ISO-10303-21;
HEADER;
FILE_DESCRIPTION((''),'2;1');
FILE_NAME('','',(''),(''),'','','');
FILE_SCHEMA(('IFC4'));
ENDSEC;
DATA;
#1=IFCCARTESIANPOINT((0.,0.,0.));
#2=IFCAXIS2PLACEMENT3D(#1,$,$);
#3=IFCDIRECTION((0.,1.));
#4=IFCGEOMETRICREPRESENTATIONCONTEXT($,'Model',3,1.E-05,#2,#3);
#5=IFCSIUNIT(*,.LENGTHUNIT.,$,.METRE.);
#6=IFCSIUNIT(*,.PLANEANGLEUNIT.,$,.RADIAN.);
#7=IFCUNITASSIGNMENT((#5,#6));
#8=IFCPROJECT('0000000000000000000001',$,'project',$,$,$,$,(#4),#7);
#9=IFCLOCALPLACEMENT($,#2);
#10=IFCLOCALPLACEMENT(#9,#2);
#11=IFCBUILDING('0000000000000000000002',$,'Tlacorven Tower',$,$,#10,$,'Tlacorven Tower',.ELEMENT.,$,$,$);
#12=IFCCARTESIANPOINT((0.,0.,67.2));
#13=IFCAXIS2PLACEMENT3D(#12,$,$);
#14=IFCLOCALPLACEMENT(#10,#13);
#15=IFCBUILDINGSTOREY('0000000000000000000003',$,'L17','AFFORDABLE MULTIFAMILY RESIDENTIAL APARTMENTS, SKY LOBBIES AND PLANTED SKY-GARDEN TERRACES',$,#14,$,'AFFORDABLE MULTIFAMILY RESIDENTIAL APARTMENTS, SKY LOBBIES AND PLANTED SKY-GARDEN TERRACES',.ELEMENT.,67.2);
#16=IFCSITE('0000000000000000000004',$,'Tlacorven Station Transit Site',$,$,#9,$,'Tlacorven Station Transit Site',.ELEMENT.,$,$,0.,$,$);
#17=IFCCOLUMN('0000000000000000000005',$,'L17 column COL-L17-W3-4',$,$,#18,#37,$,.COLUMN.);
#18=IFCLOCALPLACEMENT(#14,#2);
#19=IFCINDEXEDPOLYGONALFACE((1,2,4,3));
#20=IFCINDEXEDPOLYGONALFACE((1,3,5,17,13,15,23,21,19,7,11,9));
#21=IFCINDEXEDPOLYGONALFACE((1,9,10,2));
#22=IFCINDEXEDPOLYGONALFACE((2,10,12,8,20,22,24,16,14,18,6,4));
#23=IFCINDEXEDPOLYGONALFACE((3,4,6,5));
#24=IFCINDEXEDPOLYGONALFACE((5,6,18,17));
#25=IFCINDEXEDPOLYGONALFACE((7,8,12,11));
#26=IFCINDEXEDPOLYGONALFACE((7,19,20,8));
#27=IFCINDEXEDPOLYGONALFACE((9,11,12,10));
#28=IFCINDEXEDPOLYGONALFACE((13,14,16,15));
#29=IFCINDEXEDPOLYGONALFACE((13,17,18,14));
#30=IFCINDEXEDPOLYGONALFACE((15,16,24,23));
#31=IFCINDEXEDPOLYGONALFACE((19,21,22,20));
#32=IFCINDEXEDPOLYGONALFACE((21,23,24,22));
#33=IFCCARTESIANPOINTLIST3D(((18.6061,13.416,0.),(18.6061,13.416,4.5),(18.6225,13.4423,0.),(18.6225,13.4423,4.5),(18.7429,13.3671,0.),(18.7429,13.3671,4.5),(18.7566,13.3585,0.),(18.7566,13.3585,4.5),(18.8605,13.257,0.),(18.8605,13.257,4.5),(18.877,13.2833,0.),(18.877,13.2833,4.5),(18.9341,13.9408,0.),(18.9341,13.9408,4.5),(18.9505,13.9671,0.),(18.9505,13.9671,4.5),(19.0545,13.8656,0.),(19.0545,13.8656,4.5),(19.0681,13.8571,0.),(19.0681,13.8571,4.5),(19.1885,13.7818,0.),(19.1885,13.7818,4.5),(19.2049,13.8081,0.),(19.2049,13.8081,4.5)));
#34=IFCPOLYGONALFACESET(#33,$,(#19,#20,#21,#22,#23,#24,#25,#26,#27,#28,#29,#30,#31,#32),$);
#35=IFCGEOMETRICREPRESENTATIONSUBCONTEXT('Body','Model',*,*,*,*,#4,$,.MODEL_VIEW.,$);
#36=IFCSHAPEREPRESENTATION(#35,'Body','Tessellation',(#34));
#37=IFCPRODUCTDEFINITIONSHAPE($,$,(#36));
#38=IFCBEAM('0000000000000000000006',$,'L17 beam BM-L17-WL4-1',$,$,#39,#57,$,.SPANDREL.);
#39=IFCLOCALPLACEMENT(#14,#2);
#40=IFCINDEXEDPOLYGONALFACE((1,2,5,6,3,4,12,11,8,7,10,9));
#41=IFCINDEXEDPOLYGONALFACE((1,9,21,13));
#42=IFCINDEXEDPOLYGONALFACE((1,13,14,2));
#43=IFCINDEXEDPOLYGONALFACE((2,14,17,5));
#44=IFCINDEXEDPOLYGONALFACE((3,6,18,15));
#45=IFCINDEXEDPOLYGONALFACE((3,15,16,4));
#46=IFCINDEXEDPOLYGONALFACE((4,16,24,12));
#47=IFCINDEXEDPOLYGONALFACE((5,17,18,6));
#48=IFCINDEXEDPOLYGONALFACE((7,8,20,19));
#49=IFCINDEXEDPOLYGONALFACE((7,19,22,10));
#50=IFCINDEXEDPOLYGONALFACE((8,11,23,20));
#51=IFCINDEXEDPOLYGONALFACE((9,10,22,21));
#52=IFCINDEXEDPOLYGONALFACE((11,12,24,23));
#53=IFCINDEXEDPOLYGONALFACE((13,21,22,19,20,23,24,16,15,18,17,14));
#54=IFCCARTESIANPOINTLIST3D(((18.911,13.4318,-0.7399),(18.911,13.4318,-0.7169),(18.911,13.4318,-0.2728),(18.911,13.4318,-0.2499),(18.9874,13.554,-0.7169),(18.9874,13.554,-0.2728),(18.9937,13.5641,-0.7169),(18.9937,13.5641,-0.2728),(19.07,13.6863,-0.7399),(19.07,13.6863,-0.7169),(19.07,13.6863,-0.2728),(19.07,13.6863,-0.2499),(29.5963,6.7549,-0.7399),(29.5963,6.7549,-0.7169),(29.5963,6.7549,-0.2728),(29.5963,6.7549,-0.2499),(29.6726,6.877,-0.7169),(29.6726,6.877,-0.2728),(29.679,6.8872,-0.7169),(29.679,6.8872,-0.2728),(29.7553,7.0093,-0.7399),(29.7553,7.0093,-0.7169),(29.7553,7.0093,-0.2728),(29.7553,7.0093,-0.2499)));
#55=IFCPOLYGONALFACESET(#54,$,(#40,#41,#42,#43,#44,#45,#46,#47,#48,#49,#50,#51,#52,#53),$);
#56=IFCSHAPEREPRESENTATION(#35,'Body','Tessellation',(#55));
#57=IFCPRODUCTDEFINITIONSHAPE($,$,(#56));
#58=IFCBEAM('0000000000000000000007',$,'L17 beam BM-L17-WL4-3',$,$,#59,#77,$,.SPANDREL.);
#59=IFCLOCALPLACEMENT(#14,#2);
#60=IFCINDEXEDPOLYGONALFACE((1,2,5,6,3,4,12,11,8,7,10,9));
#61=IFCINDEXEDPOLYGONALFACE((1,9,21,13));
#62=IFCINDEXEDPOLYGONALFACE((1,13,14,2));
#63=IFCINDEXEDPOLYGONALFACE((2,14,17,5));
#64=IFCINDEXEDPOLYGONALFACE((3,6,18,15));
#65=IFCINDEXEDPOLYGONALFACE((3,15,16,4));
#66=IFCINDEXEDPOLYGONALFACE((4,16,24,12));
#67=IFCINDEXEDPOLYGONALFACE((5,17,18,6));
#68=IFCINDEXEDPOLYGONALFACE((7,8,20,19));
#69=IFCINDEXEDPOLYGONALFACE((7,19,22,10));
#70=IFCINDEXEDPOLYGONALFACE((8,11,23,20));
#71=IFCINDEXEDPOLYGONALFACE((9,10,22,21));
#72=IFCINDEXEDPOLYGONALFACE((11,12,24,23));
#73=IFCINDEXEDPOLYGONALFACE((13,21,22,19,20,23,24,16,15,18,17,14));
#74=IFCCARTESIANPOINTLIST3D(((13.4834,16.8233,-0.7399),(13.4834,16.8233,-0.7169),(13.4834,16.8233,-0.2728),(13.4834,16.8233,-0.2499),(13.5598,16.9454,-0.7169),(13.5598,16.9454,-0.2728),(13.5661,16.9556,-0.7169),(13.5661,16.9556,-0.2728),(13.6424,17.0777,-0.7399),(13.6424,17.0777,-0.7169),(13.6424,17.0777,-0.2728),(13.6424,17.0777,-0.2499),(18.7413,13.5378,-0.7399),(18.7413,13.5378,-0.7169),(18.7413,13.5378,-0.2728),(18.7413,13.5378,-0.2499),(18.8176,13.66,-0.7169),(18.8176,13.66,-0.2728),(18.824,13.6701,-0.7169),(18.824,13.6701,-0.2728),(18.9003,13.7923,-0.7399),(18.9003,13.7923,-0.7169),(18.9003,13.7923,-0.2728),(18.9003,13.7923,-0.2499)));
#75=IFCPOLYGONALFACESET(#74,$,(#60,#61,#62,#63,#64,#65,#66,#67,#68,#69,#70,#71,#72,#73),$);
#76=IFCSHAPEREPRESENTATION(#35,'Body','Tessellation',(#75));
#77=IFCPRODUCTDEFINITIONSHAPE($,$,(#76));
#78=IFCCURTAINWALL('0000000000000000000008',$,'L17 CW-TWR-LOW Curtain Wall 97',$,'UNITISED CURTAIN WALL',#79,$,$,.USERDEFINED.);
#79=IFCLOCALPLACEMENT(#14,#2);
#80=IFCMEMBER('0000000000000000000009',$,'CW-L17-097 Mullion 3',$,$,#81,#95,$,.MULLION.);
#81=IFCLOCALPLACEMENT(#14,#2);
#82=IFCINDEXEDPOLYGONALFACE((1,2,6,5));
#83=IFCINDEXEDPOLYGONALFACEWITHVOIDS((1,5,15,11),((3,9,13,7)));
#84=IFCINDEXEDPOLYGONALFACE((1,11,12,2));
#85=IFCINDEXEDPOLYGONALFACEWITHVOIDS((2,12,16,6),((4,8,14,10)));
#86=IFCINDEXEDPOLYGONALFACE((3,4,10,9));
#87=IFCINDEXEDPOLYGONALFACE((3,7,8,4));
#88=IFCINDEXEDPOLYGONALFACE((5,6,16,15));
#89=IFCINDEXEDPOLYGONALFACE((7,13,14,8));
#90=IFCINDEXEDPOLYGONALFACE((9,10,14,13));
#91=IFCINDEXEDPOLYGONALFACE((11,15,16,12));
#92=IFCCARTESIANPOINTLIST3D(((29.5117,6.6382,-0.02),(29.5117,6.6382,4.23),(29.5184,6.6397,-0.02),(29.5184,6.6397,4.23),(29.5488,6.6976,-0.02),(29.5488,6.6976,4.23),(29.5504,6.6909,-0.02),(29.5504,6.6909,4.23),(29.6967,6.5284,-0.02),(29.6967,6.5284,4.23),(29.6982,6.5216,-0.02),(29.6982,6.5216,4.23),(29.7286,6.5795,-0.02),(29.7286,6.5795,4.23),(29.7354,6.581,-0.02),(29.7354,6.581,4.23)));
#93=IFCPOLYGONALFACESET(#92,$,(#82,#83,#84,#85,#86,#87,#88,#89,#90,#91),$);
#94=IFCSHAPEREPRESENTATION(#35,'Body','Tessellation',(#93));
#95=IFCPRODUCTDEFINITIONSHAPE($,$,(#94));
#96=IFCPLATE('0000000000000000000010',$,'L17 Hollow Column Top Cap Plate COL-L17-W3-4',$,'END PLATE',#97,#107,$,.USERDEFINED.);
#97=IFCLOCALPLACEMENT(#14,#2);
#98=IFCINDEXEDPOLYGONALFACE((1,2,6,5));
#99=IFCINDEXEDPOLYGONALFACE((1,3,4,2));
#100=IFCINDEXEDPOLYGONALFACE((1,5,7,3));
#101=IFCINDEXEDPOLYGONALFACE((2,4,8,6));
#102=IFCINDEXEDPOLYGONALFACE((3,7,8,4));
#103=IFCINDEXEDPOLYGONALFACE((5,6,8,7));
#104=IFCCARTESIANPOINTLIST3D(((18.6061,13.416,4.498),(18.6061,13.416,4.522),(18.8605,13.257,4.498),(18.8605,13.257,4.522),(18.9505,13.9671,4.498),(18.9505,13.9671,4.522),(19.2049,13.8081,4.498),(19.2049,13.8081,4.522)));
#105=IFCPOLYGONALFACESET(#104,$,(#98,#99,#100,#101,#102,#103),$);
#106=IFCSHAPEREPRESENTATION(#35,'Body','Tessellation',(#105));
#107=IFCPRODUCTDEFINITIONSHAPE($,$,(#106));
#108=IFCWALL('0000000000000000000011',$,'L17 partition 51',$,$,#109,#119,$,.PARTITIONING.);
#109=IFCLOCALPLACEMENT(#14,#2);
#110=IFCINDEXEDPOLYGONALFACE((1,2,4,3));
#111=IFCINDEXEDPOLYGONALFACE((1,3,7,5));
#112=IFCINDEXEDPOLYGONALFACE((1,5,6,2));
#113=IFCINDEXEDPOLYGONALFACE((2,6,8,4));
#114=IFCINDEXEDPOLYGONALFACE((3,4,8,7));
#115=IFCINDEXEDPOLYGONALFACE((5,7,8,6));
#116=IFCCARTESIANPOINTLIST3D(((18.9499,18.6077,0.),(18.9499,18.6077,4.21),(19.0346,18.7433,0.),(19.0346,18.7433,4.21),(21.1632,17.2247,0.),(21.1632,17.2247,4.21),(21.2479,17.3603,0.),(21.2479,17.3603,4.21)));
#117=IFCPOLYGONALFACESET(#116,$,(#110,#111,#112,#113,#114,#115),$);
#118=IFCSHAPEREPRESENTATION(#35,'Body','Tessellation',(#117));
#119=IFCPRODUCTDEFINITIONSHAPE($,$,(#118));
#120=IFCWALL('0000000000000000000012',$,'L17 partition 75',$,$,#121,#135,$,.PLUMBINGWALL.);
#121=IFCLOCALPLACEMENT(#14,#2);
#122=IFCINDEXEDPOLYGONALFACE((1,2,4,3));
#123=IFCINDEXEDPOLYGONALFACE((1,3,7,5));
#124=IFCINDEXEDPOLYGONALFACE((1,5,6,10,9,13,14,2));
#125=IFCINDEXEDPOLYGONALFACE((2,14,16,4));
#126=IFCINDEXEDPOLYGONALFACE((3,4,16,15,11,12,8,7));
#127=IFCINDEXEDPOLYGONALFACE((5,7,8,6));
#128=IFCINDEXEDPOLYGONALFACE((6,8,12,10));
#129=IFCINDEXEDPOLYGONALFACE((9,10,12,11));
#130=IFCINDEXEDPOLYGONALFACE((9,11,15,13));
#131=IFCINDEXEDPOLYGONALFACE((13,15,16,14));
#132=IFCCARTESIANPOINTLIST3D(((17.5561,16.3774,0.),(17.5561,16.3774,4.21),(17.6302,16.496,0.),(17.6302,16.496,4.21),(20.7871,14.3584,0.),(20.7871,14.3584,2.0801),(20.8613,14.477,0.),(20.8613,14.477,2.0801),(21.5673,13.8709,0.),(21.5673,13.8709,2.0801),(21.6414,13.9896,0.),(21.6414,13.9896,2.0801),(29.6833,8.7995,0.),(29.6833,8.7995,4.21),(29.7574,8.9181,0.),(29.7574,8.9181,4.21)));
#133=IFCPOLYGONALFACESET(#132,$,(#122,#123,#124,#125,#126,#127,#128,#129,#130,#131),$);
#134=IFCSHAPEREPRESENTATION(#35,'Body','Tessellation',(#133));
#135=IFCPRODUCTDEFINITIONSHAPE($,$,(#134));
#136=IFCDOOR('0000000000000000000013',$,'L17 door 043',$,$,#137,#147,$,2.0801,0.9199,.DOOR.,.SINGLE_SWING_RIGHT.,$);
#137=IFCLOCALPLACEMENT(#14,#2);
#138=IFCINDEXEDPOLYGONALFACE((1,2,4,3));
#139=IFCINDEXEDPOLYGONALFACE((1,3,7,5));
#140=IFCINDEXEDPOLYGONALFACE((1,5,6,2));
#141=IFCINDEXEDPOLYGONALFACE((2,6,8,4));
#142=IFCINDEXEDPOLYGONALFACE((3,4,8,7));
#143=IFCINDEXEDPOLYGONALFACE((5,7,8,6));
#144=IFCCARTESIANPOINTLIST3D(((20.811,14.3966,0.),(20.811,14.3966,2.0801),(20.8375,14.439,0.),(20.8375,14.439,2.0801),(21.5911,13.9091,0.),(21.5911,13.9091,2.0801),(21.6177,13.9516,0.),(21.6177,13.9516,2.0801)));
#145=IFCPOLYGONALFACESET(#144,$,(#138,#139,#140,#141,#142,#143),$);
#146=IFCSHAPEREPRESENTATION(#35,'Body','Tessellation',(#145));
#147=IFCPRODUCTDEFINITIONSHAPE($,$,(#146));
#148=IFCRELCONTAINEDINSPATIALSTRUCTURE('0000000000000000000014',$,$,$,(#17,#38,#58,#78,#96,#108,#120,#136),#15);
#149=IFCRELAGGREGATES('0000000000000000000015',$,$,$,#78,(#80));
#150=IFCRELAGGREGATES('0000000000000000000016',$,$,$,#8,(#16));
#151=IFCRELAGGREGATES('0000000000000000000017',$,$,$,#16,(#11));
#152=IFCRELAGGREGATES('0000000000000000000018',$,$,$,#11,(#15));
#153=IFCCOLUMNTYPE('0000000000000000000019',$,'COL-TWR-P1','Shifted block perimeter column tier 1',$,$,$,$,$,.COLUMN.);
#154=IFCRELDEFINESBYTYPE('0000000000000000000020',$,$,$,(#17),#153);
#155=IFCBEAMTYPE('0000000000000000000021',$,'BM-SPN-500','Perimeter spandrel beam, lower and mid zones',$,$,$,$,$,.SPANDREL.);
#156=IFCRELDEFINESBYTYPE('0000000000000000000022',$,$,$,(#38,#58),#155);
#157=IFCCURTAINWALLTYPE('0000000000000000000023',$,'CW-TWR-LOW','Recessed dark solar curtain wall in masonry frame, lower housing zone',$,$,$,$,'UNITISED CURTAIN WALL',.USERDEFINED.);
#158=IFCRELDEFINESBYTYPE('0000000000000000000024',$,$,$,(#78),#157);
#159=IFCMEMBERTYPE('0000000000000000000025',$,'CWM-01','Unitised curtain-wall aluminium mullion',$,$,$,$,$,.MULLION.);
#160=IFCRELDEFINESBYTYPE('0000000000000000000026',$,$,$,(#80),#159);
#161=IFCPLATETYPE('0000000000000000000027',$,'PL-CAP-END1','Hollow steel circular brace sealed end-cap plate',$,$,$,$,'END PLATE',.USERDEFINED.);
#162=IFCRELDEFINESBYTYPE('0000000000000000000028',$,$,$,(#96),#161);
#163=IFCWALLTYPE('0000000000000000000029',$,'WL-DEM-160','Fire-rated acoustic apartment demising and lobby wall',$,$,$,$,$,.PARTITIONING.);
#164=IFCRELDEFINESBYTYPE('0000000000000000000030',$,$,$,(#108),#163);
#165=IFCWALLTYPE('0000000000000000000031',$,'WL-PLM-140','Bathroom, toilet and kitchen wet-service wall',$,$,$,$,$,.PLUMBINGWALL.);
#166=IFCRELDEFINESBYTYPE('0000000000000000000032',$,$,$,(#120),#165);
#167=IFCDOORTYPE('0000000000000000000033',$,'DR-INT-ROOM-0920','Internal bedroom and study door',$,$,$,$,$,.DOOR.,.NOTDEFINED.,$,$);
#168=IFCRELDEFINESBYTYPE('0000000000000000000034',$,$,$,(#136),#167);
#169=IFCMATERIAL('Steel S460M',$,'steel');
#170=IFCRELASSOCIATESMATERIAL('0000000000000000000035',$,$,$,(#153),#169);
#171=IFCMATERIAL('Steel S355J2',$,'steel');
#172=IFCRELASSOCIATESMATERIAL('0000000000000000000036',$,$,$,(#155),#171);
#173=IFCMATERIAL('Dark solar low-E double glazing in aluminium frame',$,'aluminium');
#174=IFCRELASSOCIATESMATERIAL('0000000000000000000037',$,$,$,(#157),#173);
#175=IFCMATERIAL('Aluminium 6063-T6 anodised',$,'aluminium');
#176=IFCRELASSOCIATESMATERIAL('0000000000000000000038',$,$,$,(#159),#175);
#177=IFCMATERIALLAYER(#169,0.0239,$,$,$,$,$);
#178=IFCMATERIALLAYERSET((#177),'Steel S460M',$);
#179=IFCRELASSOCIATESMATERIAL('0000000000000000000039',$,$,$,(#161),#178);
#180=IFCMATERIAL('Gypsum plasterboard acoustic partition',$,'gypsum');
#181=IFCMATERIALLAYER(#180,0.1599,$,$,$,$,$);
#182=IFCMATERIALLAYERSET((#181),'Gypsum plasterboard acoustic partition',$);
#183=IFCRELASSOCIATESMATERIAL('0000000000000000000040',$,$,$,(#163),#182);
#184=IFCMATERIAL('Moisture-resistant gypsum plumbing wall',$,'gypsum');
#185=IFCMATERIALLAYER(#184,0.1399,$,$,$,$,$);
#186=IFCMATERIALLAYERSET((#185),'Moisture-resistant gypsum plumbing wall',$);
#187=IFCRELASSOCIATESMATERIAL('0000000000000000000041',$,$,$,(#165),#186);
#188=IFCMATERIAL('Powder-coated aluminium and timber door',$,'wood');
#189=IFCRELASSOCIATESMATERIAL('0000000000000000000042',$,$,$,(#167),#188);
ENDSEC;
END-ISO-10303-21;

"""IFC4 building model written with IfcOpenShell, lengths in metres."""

from ifc_helpers import new_model, si_unit, direction, frame, frame_2d, origin, origin_2d, place, context, subcontext, project, spatial, rectangle, hollow_rectangle, i_section, extrude, source, transform, mapped, material, layer, layer_set, material_profile, profile_set, type_object, element, fill, aggregate, save


model = new_model("IFC4")

# Units and contexts
model_context = context("Model", 3, precision=1e-05, world=origin(), true_north=direction((0.0, 1.0)))
body_context = subcontext(model_context, "Body", "Model", "MODEL_VIEW")
ifc_project = project(units=[si_unit("LENGTHUNIT", "METRE"), si_unit("PLANEANGLEUNIT", "RADIAN")], contexts=[model_context])

# Site, building, storey
site_placement = place(None, origin())
site = spatial("IfcSite", under=ifc_project, at=site_placement, Name="Tlacorven Station Transit Site", LongName="Tlacorven Station Transit Site", CompositionType="ELEMENT", RefElevation=0.0)
building_placement = place(site_placement, origin())
building = spatial("IfcBuilding", under=site, at=building_placement, Name="Tlacorven Tower", LongName="Tlacorven Tower", CompositionType="ELEMENT")
storey_placement = place(building_placement, frame((0.0, 0.0, 67.2)))
storey = spatial("IfcBuildingStorey", under=building, at=storey_placement, Name="L17", Description="AFFORDABLE MULTIFAMILY RESIDENTIAL APARTMENTS, SKY LOBBIES AND PLANTED SKY-GARDEN TERRACES", LongName="AFFORDABLE MULTIFAMILY RESIDENTIAL APARTMENTS, SKY LOBBIES AND PLANTED SKY-GARDEN TERRACES", CompositionType="ELEMENT", Elevation=67.2)

# Column
ifc_material_1 = material(Name="Steel S460M", Category="steel")
ifc_material_profile_1 = material_profile(ifc_material_1, i_section(OverallWidth=0.3, OverallDepth=0.6499, WebThickness=0.0161, FlangeThickness=0.031, at=origin_2d()), Name="HEB 650")
ifc_profile_set_1 = profile_set([ifc_material_profile_1], Name="Steel S460M")
column_type = type_object("IfcColumnType", Name="COL-TWR-P1", Description="Shifted block perimeter column tier 1", PredefinedType="COLUMN", material=ifc_profile_set_1)
shared_shape_1 = source(origin(), body_context, "Body", "SweptSolid", [
    extrude(i_section(OverallWidth=0.3, OverallDepth=0.6499, WebThickness=0.0161, FlangeThickness=0.031, at=origin_2d()), origin(), (0.0, 0.0, 1.0), 4.5),
])
column_placement = place(storey_placement, frame((18.9055, 13.6121, 0.0), z_axis=(0.0, 0.0, 1.0), x_axis=(-0.848048, 0.529919, 0.0)))
element("IfcColumn", 1, at=column_placement, inside=storey, type_object=column_type, Name="L17 column COL-L17-W3-4", PredefinedType="COLUMN", context=body_context, shape_type="MappedRepresentation", body=[
    mapped(shared_shape_1, transform((0.0, 0.0, 0.0), scale=1.0)),
])

# Beams
ifc_material_2 = material(Name="Steel S355J2", Category="steel")
ifc_material_profile_2 = material_profile(ifc_material_2, i_section(OverallWidth=0.3, OverallDepth=0.49, WebThickness=0.012, FlangeThickness=0.0229, at=origin_2d()), Name="HEA 500")
ifc_profile_set_2 = profile_set([ifc_material_profile_2], Name="Steel S355J2")
beam_type = type_object("IfcBeamType", Name="BM-SPN-500", Description="Perimeter spandrel beam, lower and mid zones", PredefinedType="SPANDREL", material=ifc_profile_set_2)
shared_shape_2 = source(origin(), body_context, "Body", "SweptSolid", [
    extrude(i_section(OverallWidth=0.3, OverallDepth=0.49, WebThickness=0.012, FlangeThickness=0.0229, at=origin_2d()), origin(), (0.0, 0.0, 1.0), 12.5999),
])
beam_1_placement = place(storey_placement, frame((29.6758, 6.8821, -0.4949), z_axis=(-0.848045, 0.529924, 0.0), x_axis=(-0.529924, -0.848045, 0.0)))
element("IfcBeam", 2, at=beam_1_placement, inside=storey, type_object=beam_type, Name="L17 beam BM-L17-WL4-1", PredefinedType="SPANDREL", context=body_context, shape_type="MappedRepresentation", body=[
    mapped(shared_shape_2, transform((0.0, 0.0, 0.0), scale=1.0)),
])
shared_shape_3 = source(origin(), body_context, "Body", "SweptSolid", [
    extrude(i_section(OverallWidth=0.3, OverallDepth=0.49, WebThickness=0.012, FlangeThickness=0.0229, at=origin_2d()), origin(), (0.0, 0.0, 1.0), 6.2),
])
beam_2_placement = place(storey_placement, frame((18.8208, 13.665, -0.4949), z_axis=(-0.848051, 0.529914, 0.0), x_axis=(-0.529914, -0.848051, 0.0)))
element("IfcBeam", 3, at=beam_2_placement, inside=storey, type_object=beam_type, Name="L17 beam BM-L17-WL4-3", PredefinedType="SPANDREL", context=body_context, shape_type="MappedRepresentation", body=[
    mapped(shared_shape_3, transform((0.0, 0.0, 0.0), scale=1.0)),
])

# Curtain wall, member
ifc_material_3 = material(Name="Dark solar low-E double glazing in aluminium frame", Category="aluminium")
curtain_wall_type = type_object("IfcCurtainWallType", Name="CW-TWR-LOW", Description="Recessed dark solar curtain wall in masonry frame, lower housing zone", ElementType="UNITISED CURTAIN WALL", PredefinedType="USERDEFINED", material=ifc_material_3)
curtain_wall_placement = place(storey_placement, origin())
curtain_wall = element("IfcCurtainWall", 4, at=curtain_wall_placement, inside=storey, type_object=curtain_wall_type, Name="L17 CW-TWR-LOW Curtain Wall 97", ObjectType="UNITISED CURTAIN WALL", PredefinedType="USERDEFINED")
ifc_material_4 = material(Name="Aluminium 6063-T6 anodised", Category="aluminium")
ifc_material_profile_3 = material_profile(ifc_material_4, hollow_rectangle(XDim=0.0701, YDim=0.22, WallThickness=0.0049, at=origin_2d()), Name="ALU MULLION 70X220")
ifc_profile_set_3 = profile_set([ifc_material_profile_3], Name="Aluminium 6063-T6 anodised")
member_type = type_object("IfcMemberType", Name="CWM-01", Description="Unitised curtain-wall aluminium mullion", PredefinedType="MULLION", material=ifc_profile_set_3)
shared_shape_4 = source(origin(), body_context, "Body", "SweptSolid", [
    extrude(hollow_rectangle(XDim=0.0701, YDim=0.22, WallThickness=0.0049, at=origin_2d()), origin(), (0.0, 0.0, 1.0), 4.25),
])
member_placement = place(storey_placement, frame((29.6235, 6.6096, -0.02), z_axis=(0.0, 0.0, 1.0), x_axis=(-0.529919, -0.848048, 0.0)))
member = element("IfcMember", 5, at=member_placement, type_object=member_type, Name="CW-L17-097 Mullion 3", PredefinedType="MULLION", context=body_context, shape_type="MappedRepresentation", body=[
    mapped(shared_shape_4, transform((0.0, 0.0, 0.0), scale=1.0)),
])
aggregate(curtain_wall, [member])

# Plate
ifc_layer_1 = layer(ifc_material_1, 0.0239)
ifc_layer_set_1 = layer_set([ifc_layer_1], Name="Steel S460M")
plate_type = type_object("IfcPlateType", Name="PL-CAP-END1", Description="Hollow steel circular brace sealed end-cap plate", ElementType="END PLATE", PredefinedType="USERDEFINED", material=ifc_layer_set_1)
shared_shape_5 = source(origin(), body_context, "Body", "SweptSolid", [
    extrude(rectangle(XDim=0.3, YDim=0.6499, at=origin_2d()), origin(), (0.0, 0.0, 1.0), 0.0239),
])
plate_placement = place(storey_placement, frame((18.9055, 13.6121, 4.498), z_axis=(0.0, 0.0, 1.0), x_axis=(-0.848048, 0.529919, 0.0)))
element("IfcPlate", 6, at=plate_placement, inside=storey, type_object=plate_type, Name="L17 Hollow Column Top Cap Plate COL-L17-W3-4", ObjectType="END PLATE", PredefinedType="USERDEFINED", context=body_context, shape_type="MappedRepresentation", body=[
    mapped(shared_shape_5, transform((0.0, 0.0, 0.0), scale=1.0)),
])

# Wall
ifc_material_5 = material(Name="Gypsum plasterboard acoustic partition", Category="gypsum")
ifc_layer_2 = layer(ifc_material_5, 0.1599)
ifc_layer_set_2 = layer_set([ifc_layer_2], Name="Gypsum plasterboard acoustic partition")
wall_type_1 = type_object("IfcWallType", Name="WL-DEM-160", Description="Fire-rated acoustic apartment demising and lobby wall", PredefinedType="PARTITIONING", material=ifc_layer_set_2)
wall_1_placement = place(storey_placement, frame((21.2056, 17.2925, 0.0), z_axis=(0.0, 0.0, 1.0), x_axis=(-0.848051, 0.529915, 0.0)))
element("IfcWall", 7, at=wall_1_placement, inside=storey, type_object=wall_type_1, Name="L17 partition 51", PredefinedType="PARTITIONING", context=body_context, shape_type="SweptSolid", body=[
    extrude(rectangle(XDim=2.6099, YDim=0.1599, at=frame_2d((1.3049, 0.0))), origin(), (0.0, 0.0, 1.0), 4.21),
])

# Shared definitions
ifc_material_6 = material(Name="Powder-coated aluminium and timber door", Category="wood")

# Wall, opening, door
ifc_material_7 = material(Name="Moisture-resistant gypsum plumbing wall", Category="gypsum")
ifc_layer_3 = layer(ifc_material_7, 0.1399)
ifc_layer_set_3 = layer_set([ifc_layer_3], Name="Moisture-resistant gypsum plumbing wall")
wall_type_2 = type_object("IfcWallType", Name="WL-PLM-140", Description="Bathroom, toilet and kitchen wet-service wall", PredefinedType="PLUMBINGWALL", material=ifc_layer_set_3)
wall_2_placement = place(storey_placement, frame((29.7202, 8.8589, 0.0), z_axis=(0.0, 0.0, 1.0), x_axis=(-0.848049, 0.529918, 0.0)))
wall_2 = element("IfcWall", 8, at=wall_2_placement, inside=storey, type_object=wall_type_2, Name="L17 partition 75", PredefinedType="PLUMBINGWALL", context=body_context, shape_type="SweptSolid", body=[
    extrude(rectangle(XDim=14.3, YDim=0.1399, at=frame_2d((7.1499, 0.0))), origin(), (0.0, 0.0, 1.0), 4.21),
])
opening_1_placement = place(wall_2_placement, frame((9.5701, 0.0, 0.0)))
opening_1 = element("IfcOpeningElement", 9, at=opening_1_placement, cuts=wall_2, PredefinedType="OPENING", context=body_context, shape_type="SweptSolid", body=[
    extrude(rectangle(XDim=0.9199, YDim=2.0801, at=frame_2d((0.46, 1.04))), frame((0.0, 0.0801, 0.0), z_axis=(0.0, -1.0, 0.0), x_axis=(1.0, 0.0, 0.0)), (0.0, 0.0, 1.0), 0.1599),
])
door_type_1 = type_object("IfcDoorType", Name="DR-INT-ROOM-0920", Description="Internal bedroom and study door", OperationType="NOTDEFINED", PredefinedType="DOOR", material=ifc_material_6)
shared_shape_6 = source(origin(), body_context, "Body", "SweptSolid", [
    extrude(rectangle(XDim=0.9199, YDim=2.0801, at=frame_2d((0.46, 1.04))), frame((0.0, 0.0249, 0.0), z_axis=(0.0, -1.0, 0.0), x_axis=(1.0, 0.0, 0.0)), (0.0, 0.0, 1.0), 0.05),
])
door_1_placement = place(opening_1_placement, origin())
door_1 = element("IfcDoor", 10, at=door_1_placement, inside=storey, type_object=door_type_1, Name="L17 door 043", OperationType="SINGLE_SWING_RIGHT", OverallHeight=2.0801, OverallWidth=0.9199, PredefinedType="DOOR", context=body_context, shape_type="MappedRepresentation", body=[
    mapped(shared_shape_6, transform((0.0, 0.0, 0.0), scale=1.0)),
])
fill(opening_1, door_1)

save(model, "model.ifc")
